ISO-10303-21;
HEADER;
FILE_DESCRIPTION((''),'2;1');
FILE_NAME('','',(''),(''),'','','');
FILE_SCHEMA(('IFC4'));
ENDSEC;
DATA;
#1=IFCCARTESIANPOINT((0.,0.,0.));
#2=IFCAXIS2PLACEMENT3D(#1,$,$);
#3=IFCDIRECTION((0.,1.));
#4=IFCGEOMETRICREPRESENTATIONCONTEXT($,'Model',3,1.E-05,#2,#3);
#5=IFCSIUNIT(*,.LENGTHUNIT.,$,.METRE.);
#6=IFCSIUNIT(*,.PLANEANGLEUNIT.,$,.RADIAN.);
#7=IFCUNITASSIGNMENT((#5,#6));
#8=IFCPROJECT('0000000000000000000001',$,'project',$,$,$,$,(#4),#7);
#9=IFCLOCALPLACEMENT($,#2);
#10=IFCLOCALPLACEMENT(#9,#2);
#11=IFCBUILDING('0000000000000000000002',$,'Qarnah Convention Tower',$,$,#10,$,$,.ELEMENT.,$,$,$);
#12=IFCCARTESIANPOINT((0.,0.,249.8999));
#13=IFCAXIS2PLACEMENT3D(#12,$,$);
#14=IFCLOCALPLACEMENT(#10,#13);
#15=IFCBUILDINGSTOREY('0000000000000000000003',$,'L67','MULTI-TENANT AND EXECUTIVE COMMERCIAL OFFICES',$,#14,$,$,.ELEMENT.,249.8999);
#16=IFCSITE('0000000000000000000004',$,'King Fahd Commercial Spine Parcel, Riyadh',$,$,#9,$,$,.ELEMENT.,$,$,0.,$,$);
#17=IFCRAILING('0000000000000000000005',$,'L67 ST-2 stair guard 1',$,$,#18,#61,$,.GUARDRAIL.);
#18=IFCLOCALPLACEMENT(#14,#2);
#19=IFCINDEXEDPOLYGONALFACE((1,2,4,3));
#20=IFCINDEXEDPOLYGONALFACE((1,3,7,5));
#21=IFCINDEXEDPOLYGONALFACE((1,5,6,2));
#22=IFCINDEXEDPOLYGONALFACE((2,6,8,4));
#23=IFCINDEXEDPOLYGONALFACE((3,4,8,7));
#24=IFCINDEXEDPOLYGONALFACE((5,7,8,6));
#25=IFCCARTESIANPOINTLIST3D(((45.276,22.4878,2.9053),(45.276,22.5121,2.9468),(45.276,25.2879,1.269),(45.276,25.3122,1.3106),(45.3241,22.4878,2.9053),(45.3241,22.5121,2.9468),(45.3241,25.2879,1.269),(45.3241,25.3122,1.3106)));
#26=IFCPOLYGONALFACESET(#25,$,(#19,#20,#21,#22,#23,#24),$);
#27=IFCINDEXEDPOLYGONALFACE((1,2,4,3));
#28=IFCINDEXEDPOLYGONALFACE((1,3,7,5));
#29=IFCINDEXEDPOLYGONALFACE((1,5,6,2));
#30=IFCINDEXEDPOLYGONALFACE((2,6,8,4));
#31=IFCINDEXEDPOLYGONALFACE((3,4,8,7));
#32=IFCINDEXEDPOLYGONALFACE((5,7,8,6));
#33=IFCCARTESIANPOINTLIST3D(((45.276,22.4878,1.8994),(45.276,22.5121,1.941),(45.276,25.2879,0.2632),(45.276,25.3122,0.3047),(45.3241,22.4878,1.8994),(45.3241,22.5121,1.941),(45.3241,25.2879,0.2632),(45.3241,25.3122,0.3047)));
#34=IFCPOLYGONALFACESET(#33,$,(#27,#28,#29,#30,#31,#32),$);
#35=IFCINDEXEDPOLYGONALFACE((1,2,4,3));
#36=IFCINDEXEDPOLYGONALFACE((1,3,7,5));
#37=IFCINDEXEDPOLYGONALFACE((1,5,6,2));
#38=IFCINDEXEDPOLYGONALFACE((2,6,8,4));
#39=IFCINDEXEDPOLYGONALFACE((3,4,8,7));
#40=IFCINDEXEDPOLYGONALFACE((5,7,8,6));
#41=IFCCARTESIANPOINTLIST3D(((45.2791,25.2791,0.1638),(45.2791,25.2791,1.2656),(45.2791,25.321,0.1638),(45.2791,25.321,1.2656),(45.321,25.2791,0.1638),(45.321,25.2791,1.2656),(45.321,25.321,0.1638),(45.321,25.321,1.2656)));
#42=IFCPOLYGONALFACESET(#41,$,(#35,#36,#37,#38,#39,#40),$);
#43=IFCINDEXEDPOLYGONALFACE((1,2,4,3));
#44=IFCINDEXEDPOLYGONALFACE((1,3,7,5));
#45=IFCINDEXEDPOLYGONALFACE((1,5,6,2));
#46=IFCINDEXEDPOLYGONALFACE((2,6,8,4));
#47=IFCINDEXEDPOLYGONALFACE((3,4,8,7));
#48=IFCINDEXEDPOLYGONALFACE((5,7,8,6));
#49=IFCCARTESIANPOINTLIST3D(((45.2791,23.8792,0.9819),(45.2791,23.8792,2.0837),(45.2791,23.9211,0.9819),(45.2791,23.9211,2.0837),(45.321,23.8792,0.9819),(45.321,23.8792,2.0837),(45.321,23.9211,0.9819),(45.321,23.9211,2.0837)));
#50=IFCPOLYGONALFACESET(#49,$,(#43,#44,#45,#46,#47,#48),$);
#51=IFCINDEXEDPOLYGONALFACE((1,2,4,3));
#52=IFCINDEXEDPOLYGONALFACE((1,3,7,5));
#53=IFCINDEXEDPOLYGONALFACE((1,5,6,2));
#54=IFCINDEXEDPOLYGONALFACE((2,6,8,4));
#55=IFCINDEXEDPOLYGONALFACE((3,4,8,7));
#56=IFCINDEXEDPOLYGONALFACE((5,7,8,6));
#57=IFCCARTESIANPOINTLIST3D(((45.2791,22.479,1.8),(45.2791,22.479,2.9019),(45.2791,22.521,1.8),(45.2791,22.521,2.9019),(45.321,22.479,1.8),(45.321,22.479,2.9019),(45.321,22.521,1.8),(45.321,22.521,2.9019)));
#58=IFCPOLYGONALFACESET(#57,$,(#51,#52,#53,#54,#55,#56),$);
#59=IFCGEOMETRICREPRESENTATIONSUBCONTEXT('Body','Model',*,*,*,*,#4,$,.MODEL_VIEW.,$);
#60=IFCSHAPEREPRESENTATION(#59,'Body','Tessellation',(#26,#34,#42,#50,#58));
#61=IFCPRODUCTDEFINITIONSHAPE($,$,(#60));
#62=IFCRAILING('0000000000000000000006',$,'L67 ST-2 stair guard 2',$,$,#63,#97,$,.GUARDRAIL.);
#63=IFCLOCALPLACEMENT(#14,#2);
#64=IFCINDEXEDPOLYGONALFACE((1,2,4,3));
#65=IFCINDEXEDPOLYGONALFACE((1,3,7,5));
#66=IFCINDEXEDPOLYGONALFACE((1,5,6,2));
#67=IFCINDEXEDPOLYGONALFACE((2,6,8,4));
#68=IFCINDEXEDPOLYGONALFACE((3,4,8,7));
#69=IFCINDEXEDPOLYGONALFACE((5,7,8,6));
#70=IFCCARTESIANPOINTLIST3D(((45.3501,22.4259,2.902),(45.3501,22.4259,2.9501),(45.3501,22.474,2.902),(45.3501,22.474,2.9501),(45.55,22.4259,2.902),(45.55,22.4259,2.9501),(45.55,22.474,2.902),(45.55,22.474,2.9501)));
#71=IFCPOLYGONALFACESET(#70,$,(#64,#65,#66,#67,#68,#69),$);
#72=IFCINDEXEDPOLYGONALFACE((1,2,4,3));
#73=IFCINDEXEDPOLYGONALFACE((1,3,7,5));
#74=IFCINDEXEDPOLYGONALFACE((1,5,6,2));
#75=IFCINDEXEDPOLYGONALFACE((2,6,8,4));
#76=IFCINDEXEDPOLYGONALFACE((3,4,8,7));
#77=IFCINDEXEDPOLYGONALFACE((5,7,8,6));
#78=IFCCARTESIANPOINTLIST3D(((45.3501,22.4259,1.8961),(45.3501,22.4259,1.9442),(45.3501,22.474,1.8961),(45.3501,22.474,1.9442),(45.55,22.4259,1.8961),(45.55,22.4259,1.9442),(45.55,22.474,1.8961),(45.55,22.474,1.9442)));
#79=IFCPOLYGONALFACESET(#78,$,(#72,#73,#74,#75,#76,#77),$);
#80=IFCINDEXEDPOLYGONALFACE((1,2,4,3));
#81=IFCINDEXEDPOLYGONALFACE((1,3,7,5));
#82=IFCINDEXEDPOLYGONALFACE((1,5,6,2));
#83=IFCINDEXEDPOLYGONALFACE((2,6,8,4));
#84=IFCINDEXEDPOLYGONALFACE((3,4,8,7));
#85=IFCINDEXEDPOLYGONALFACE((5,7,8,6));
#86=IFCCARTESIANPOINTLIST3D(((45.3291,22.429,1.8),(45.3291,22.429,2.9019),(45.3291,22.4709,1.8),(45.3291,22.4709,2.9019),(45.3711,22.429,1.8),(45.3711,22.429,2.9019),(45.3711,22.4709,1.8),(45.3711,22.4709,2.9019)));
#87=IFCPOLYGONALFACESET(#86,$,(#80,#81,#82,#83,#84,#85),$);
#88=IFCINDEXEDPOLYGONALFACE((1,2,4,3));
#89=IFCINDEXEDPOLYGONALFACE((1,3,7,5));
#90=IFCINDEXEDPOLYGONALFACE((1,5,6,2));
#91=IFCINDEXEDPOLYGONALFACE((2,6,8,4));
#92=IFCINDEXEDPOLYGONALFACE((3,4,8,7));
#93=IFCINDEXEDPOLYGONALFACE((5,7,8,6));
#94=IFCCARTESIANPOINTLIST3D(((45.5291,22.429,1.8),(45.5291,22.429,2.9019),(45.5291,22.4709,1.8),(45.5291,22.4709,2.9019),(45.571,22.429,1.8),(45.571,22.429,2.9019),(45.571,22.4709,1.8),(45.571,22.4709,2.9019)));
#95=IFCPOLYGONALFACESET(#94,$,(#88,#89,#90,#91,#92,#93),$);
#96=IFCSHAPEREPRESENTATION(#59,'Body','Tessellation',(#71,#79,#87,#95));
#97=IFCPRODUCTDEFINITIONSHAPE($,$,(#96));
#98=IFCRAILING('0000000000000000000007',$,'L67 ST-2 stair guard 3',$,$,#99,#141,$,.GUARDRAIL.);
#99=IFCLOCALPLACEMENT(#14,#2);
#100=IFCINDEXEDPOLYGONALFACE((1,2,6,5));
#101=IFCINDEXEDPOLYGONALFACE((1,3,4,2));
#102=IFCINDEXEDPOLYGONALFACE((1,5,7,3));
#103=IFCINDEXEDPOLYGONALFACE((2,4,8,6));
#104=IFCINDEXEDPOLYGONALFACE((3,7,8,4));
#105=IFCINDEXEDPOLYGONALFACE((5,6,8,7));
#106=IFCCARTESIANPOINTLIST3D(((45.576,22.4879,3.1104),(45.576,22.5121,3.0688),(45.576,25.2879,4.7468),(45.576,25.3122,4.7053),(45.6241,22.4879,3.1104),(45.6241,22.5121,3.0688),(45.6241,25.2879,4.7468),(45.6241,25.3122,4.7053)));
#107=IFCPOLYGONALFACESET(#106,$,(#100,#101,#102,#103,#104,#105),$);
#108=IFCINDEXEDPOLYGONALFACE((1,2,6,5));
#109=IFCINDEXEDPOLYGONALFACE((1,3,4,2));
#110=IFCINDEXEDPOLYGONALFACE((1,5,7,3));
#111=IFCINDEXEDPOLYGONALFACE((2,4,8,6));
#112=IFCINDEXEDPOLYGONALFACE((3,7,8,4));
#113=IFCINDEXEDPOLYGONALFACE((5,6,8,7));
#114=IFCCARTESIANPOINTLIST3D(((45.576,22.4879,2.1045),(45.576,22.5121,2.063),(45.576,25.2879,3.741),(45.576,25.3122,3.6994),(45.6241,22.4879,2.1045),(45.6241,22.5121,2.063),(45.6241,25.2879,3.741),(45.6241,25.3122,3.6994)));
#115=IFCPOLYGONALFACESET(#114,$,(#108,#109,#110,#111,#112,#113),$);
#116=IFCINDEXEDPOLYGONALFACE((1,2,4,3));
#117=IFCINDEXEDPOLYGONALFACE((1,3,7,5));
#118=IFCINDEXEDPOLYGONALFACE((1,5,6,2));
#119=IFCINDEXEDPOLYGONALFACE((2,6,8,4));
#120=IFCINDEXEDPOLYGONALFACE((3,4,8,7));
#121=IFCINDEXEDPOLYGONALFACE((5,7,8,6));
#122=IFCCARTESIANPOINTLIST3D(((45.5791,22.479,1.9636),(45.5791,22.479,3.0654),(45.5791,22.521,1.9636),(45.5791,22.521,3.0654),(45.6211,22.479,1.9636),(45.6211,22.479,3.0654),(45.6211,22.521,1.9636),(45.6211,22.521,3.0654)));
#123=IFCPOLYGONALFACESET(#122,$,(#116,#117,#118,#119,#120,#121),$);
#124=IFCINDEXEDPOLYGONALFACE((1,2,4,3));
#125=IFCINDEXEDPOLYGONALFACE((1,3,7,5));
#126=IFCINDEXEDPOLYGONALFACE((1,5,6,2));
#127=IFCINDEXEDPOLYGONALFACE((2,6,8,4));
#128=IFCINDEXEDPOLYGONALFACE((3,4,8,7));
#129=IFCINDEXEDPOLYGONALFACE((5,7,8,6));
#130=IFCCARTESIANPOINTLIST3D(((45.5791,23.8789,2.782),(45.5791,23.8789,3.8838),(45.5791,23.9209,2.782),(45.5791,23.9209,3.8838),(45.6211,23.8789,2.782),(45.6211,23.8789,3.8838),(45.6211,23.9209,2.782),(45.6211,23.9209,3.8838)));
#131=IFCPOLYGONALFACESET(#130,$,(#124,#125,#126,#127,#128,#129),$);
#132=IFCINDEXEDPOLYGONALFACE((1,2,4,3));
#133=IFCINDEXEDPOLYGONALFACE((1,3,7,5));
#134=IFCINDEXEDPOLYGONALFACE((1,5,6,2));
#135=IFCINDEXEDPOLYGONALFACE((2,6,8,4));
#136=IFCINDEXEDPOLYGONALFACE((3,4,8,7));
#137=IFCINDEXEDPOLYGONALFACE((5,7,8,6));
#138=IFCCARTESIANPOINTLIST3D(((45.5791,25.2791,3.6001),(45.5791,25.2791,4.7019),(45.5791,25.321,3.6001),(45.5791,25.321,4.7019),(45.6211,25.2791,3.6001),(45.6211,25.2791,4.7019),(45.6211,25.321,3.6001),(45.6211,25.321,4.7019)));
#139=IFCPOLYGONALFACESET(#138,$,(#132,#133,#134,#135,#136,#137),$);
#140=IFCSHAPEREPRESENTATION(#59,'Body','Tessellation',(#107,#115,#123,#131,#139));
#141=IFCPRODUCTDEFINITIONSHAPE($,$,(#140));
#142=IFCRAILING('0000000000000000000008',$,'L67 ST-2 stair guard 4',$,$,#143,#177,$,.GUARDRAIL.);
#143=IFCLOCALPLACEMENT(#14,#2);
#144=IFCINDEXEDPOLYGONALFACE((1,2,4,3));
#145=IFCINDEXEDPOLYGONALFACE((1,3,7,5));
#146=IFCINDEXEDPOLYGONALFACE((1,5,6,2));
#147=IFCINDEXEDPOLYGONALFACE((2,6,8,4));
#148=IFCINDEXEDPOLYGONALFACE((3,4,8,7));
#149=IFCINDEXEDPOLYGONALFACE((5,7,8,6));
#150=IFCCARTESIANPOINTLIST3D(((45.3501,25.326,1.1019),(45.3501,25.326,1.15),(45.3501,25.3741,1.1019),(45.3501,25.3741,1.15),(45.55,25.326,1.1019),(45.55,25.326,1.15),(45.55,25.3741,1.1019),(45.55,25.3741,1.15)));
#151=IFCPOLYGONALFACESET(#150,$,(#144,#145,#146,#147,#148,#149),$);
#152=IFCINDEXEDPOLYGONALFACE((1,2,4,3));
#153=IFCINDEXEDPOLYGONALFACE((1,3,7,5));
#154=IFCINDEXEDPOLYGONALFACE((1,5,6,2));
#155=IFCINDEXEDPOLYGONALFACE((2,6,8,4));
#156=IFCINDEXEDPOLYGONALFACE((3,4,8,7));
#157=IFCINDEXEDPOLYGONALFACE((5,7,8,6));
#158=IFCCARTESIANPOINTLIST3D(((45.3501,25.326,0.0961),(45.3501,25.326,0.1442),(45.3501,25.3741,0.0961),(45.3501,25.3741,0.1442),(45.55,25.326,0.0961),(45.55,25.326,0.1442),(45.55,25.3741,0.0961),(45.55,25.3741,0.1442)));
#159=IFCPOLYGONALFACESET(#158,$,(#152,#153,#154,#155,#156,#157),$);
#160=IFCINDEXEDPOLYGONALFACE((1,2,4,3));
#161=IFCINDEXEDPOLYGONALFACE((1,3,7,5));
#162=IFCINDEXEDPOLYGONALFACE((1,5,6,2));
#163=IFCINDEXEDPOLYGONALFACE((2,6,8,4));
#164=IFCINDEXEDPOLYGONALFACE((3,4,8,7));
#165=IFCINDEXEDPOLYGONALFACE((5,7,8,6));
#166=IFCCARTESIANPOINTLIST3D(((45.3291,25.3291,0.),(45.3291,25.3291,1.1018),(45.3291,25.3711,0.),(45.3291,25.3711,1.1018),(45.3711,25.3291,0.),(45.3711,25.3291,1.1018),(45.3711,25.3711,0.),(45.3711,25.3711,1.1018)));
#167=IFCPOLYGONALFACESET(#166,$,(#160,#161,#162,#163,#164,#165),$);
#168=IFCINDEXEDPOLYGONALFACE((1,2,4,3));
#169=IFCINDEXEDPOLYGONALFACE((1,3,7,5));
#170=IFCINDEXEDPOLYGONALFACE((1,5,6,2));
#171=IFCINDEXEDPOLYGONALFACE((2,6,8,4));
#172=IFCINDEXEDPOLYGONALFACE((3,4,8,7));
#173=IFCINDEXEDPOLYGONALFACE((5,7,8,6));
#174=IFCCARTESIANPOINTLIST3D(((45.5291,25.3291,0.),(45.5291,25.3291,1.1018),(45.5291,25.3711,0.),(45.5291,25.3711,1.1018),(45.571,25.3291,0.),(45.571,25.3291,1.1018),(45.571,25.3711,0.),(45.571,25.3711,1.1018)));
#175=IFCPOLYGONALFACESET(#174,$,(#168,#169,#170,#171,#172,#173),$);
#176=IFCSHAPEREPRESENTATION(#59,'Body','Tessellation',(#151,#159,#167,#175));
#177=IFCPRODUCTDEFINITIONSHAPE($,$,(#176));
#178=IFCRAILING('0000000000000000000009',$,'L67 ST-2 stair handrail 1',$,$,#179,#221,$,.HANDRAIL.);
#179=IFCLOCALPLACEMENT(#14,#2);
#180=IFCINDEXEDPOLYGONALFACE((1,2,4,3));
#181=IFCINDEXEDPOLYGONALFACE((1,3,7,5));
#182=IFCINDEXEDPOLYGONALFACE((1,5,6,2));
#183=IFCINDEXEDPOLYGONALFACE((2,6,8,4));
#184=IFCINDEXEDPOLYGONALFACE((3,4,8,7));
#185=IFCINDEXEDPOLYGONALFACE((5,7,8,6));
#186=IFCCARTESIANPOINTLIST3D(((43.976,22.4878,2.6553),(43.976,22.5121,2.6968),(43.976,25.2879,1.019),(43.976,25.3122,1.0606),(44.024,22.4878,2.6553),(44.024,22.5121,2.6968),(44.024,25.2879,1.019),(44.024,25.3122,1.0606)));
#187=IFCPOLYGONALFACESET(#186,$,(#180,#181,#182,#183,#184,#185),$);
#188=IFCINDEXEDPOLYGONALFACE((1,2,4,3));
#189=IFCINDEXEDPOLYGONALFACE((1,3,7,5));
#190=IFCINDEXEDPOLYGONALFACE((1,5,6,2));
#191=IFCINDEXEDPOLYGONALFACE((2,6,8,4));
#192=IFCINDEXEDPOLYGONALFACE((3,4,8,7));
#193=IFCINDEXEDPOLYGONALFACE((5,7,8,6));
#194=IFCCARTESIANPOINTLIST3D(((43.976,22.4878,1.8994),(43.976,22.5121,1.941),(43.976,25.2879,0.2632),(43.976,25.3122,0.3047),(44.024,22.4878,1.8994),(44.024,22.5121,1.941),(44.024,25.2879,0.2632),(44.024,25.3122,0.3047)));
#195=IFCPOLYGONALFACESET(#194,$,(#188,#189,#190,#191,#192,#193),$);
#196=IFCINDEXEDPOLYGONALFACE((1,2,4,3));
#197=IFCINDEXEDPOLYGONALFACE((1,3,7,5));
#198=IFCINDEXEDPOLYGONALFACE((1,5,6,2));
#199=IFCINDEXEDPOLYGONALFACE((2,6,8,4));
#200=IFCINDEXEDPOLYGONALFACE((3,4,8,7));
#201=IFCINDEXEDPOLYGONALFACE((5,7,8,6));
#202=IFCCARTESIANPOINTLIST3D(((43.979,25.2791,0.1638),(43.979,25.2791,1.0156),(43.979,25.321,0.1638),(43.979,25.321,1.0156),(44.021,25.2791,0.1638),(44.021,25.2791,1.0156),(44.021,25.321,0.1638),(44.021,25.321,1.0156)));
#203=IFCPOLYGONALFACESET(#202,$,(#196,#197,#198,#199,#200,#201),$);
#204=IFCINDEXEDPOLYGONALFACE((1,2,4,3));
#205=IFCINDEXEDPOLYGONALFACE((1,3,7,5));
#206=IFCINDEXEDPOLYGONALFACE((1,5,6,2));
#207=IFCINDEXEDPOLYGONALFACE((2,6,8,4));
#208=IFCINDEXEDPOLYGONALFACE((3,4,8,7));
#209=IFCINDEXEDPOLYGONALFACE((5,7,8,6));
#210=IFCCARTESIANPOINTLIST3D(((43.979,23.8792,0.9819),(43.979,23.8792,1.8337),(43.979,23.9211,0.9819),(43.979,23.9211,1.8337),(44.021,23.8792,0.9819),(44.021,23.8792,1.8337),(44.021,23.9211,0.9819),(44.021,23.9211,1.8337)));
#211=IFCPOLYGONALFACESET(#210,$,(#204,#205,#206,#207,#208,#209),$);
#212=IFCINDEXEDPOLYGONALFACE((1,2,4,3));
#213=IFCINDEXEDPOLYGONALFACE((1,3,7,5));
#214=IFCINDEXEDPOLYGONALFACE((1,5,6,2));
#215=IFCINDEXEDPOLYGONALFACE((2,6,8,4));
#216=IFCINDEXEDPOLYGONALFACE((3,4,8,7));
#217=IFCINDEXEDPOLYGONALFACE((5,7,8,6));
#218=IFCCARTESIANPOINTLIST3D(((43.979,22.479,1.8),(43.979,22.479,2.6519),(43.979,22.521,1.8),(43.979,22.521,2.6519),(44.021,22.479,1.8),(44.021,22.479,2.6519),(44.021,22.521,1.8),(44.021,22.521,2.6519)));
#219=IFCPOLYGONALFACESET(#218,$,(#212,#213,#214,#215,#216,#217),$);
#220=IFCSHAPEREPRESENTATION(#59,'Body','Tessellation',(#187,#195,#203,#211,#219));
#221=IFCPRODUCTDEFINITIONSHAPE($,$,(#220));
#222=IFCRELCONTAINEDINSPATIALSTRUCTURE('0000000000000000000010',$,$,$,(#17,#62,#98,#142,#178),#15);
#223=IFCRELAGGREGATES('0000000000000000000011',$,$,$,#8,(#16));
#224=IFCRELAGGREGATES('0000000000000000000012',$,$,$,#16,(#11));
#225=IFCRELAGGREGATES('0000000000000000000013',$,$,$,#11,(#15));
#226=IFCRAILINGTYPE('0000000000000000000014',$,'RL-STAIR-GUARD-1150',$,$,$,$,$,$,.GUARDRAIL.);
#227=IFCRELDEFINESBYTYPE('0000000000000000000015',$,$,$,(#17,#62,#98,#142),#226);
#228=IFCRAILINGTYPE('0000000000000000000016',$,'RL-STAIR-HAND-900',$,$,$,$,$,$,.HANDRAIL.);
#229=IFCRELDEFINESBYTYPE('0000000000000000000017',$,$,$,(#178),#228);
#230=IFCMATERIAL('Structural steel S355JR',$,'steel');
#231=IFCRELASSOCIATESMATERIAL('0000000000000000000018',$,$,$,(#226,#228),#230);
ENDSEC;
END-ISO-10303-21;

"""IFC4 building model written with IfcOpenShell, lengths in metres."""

from ifc_helpers import new_model, si_unit, direction, frame, origin, origin_2d, place, context, subcontext, project, spatial, rectangle, extrude, material, type_object, element, save


model = new_model("IFC4")

# Units and contexts
model_context = context("Model", 3, precision=1e-05, world=origin(), true_north=direction((0.0, 1.0)))
body_context = subcontext(model_context, "Body", "Model", "MODEL_VIEW")
ifc_project = project(units=[si_unit("LENGTHUNIT", "METRE"), si_unit("PLANEANGLEUNIT", "RADIAN")], contexts=[model_context])

# Site, building, storey
site_placement = place(None, origin())
site = spatial("IfcSite", under=ifc_project, at=site_placement, Name="King Fahd Commercial Spine Parcel, Riyadh", CompositionType="ELEMENT", RefElevation=0.0)
building_placement = place(site_placement, origin())
building = spatial("IfcBuilding", under=site, at=building_placement, Name="Qarnah Convention Tower", CompositionType="ELEMENT")
storey_placement = place(building_placement, frame((0.0, 0.0, 249.8999)))
storey = spatial("IfcBuildingStorey", under=building, at=storey_placement, Name="L67", Description="MULTI-TENANT AND EXECUTIVE COMMERCIAL OFFICES", CompositionType="ELEMENT", Elevation=249.8999)

# Shared definitions
ifc_material_1 = material(Name="Structural steel S355JR", Category="steel")

# Railings
railing_type_1 = type_object("IfcRailingType", Name="RL-STAIR-GUARD-1150", PredefinedType="GUARDRAIL", material=ifc_material_1)
railing_1_placement = place(storey_placement, frame((45.3, 25.3, 0.1638)))
element("IfcRailing", 1, at=railing_1_placement, inside=storey, type_object=railing_type_1, Name="L67 ST-2 stair guard 1", PredefinedType="GUARDRAIL", context=body_context, shape_type="SweptSolid", body=[
    extrude(rectangle(XDim=0.0481, YDim=0.0481, at=origin_2d()), frame((0.0, 0.0, 1.126), z_axis=(0.0, -0.863394, 0.504531), x_axis=(1.0, 0.0, 0.0)), (0.0, 0.0, 1.0), 3.2432),
    extrude(rectangle(XDim=0.0481, YDim=0.0481, at=origin_2d()), frame((0.0, 0.0, 0.1201), z_axis=(0.0, -0.863394, 0.504531), x_axis=(1.0, 0.0, 0.0)), (0.0, 0.0, 1.0), 3.2432),
    extrude(rectangle(XDim=0.042, YDim=0.042, at=origin_2d()), origin(), (0.0, 0.0, 1.0), 1.1018),
    extrude(rectangle(XDim=0.042, YDim=0.042, at=origin_2d()), frame((0.0, -1.3999, 0.8181)), (0.0, 0.0, 1.0), 1.1018),
    extrude(rectangle(XDim=0.042, YDim=0.042, at=origin_2d()), frame((0.0, -2.8, 1.6362)), (0.0, 0.0, 1.0), 1.1018),
])
railing_2_placement = place(storey_placement, frame((45.3501, 22.45, 1.8)))
element("IfcRailing", 2, at=railing_2_placement, inside=storey, type_object=railing_type_1, Name="L67 ST-2 stair guard 2", PredefinedType="GUARDRAIL", context=body_context, shape_type="SweptSolid", body=[
    extrude(rectangle(XDim=0.0481, YDim=0.0481, at=origin_2d()), frame((0.0, 0.0, 1.126), z_axis=(1.0, 0.0, 0.0), x_axis=(0.0, 1.0, 0.0)), (0.0, 0.0, 1.0), 0.2),
    extrude(rectangle(XDim=0.0481, YDim=0.0481, at=origin_2d()), frame((0.0, 0.0, 0.1201), z_axis=(1.0, 0.0, 0.0), x_axis=(0.0, 1.0, 0.0)), (0.0, 0.0, 1.0), 0.2),
    extrude(rectangle(XDim=0.042, YDim=0.042, at=origin_2d()), origin(), (0.0, 0.0, 1.0), 1.1018),
    extrude(rectangle(XDim=0.042, YDim=0.042, at=origin_2d()), frame((0.2, 0.0, 0.0)), (0.0, 0.0, 1.0), 1.1018),
])
railing_3_placement = place(storey_placement, frame((45.6001, 22.5, 1.9636)))
element("IfcRailing", 3, at=railing_3_placement, inside=storey, type_object=railing_type_1, Name="L67 ST-2 stair guard 3", PredefinedType="GUARDRAIL", context=body_context, shape_type="SweptSolid", body=[
    extrude(rectangle(XDim=0.0481, YDim=0.0481, at=origin_2d()), frame((0.0, 0.0, 1.126), z_axis=(0.0, 0.863361, 0.504587), x_axis=(-1.0, 0.0, 0.0)), (0.0, 0.0, 1.0), 3.2432),
    extrude(rectangle(XDim=0.0481, YDim=0.0481, at=origin_2d()), frame((0.0, 0.0, 0.1201), z_axis=(0.0, 0.863361, 0.504587), x_axis=(-1.0, 0.0, 0.0)), (0.0, 0.0, 1.0), 3.2432),
    extrude(rectangle(XDim=0.042, YDim=0.042, at=origin_2d()), origin(), (0.0, 0.0, 1.0), 1.1018),
    extrude(rectangle(XDim=0.042, YDim=0.042, at=origin_2d()), frame((0.0, 1.3999, 0.8184)), (0.0, 0.0, 1.0), 1.1018),
    extrude(rectangle(XDim=0.042, YDim=0.042, at=origin_2d()), frame((0.0, 2.8, 1.6365)), (0.0, 0.0, 1.0), 1.1018),
])
railing_4_placement = place(storey_placement, frame((45.3501, 25.3501, 0.0)))
element("IfcRailing", 4, at=railing_4_placement, inside=storey, type_object=railing_type_1, Name="L67 ST-2 stair guard 4", PredefinedType="GUARDRAIL", context=body_context, shape_type="SweptSolid", body=[
    extrude(rectangle(XDim=0.0481, YDim=0.0481, at=origin_2d()), frame((0.0, 0.0, 1.126), z_axis=(1.0, 0.0, 0.0), x_axis=(0.0, 1.0, 0.0)), (0.0, 0.0, 1.0), 0.2),
    extrude(rectangle(XDim=0.0481, YDim=0.0481, at=origin_2d()), frame((0.0, 0.0, 0.1201), z_axis=(1.0, 0.0, 0.0), x_axis=(0.0, 1.0, 0.0)), (0.0, 0.0, 1.0), 0.2),
    extrude(rectangle(XDim=0.042, YDim=0.042, at=origin_2d()), origin(), (0.0, 0.0, 1.0), 1.1018),
    extrude(rectangle(XDim=0.042, YDim=0.042, at=origin_2d()), frame((0.2, 0.0, 0.0)), (0.0, 0.0, 1.0), 1.1018),
])
railing_type_2 = type_object("IfcRailingType", Name="RL-STAIR-HAND-900", PredefinedType="HANDRAIL", material=ifc_material_1)
railing_5_placement = place(storey_placement, frame((44.0, 25.3, 0.1638)))
element("IfcRailing", 5, at=railing_5_placement, inside=storey, type_object=railing_type_2, Name="L67 ST-2 stair handrail 1", PredefinedType="HANDRAIL", context=body_context, shape_type="SweptSolid", body=[
    extrude(rectangle(XDim=0.0481, YDim=0.0481, at=origin_2d()), frame((0.0, 0.0, 0.876), z_axis=(0.0, -0.863394, 0.504531), x_axis=(1.0, 0.0, 0.0)), (0.0, 0.0, 1.0), 3.2432),
    extrude(rectangle(XDim=0.0481, YDim=0.0481, at=origin_2d()), frame((0.0, 0.0, 0.1201), z_axis=(0.0, -0.863394, 0.504531), x_axis=(1.0, 0.0, 0.0)), (0.0, 0.0, 1.0), 3.2432),
    extrude(rectangle(XDim=0.042, YDim=0.042, at=origin_2d()), origin(), (0.0, 0.0, 1.0), 0.8518),
    extrude(rectangle(XDim=0.042, YDim=0.042, at=origin_2d()), frame((0.0, -1.3999, 0.8181)), (0.0, 0.0, 1.0), 0.8518),
    extrude(rectangle(XDim=0.042, YDim=0.042, at=origin_2d()), frame((0.0, -2.8, 1.6362)), (0.0, 0.0, 1.0), 0.8518),
])

save(model, "model.ifc")
